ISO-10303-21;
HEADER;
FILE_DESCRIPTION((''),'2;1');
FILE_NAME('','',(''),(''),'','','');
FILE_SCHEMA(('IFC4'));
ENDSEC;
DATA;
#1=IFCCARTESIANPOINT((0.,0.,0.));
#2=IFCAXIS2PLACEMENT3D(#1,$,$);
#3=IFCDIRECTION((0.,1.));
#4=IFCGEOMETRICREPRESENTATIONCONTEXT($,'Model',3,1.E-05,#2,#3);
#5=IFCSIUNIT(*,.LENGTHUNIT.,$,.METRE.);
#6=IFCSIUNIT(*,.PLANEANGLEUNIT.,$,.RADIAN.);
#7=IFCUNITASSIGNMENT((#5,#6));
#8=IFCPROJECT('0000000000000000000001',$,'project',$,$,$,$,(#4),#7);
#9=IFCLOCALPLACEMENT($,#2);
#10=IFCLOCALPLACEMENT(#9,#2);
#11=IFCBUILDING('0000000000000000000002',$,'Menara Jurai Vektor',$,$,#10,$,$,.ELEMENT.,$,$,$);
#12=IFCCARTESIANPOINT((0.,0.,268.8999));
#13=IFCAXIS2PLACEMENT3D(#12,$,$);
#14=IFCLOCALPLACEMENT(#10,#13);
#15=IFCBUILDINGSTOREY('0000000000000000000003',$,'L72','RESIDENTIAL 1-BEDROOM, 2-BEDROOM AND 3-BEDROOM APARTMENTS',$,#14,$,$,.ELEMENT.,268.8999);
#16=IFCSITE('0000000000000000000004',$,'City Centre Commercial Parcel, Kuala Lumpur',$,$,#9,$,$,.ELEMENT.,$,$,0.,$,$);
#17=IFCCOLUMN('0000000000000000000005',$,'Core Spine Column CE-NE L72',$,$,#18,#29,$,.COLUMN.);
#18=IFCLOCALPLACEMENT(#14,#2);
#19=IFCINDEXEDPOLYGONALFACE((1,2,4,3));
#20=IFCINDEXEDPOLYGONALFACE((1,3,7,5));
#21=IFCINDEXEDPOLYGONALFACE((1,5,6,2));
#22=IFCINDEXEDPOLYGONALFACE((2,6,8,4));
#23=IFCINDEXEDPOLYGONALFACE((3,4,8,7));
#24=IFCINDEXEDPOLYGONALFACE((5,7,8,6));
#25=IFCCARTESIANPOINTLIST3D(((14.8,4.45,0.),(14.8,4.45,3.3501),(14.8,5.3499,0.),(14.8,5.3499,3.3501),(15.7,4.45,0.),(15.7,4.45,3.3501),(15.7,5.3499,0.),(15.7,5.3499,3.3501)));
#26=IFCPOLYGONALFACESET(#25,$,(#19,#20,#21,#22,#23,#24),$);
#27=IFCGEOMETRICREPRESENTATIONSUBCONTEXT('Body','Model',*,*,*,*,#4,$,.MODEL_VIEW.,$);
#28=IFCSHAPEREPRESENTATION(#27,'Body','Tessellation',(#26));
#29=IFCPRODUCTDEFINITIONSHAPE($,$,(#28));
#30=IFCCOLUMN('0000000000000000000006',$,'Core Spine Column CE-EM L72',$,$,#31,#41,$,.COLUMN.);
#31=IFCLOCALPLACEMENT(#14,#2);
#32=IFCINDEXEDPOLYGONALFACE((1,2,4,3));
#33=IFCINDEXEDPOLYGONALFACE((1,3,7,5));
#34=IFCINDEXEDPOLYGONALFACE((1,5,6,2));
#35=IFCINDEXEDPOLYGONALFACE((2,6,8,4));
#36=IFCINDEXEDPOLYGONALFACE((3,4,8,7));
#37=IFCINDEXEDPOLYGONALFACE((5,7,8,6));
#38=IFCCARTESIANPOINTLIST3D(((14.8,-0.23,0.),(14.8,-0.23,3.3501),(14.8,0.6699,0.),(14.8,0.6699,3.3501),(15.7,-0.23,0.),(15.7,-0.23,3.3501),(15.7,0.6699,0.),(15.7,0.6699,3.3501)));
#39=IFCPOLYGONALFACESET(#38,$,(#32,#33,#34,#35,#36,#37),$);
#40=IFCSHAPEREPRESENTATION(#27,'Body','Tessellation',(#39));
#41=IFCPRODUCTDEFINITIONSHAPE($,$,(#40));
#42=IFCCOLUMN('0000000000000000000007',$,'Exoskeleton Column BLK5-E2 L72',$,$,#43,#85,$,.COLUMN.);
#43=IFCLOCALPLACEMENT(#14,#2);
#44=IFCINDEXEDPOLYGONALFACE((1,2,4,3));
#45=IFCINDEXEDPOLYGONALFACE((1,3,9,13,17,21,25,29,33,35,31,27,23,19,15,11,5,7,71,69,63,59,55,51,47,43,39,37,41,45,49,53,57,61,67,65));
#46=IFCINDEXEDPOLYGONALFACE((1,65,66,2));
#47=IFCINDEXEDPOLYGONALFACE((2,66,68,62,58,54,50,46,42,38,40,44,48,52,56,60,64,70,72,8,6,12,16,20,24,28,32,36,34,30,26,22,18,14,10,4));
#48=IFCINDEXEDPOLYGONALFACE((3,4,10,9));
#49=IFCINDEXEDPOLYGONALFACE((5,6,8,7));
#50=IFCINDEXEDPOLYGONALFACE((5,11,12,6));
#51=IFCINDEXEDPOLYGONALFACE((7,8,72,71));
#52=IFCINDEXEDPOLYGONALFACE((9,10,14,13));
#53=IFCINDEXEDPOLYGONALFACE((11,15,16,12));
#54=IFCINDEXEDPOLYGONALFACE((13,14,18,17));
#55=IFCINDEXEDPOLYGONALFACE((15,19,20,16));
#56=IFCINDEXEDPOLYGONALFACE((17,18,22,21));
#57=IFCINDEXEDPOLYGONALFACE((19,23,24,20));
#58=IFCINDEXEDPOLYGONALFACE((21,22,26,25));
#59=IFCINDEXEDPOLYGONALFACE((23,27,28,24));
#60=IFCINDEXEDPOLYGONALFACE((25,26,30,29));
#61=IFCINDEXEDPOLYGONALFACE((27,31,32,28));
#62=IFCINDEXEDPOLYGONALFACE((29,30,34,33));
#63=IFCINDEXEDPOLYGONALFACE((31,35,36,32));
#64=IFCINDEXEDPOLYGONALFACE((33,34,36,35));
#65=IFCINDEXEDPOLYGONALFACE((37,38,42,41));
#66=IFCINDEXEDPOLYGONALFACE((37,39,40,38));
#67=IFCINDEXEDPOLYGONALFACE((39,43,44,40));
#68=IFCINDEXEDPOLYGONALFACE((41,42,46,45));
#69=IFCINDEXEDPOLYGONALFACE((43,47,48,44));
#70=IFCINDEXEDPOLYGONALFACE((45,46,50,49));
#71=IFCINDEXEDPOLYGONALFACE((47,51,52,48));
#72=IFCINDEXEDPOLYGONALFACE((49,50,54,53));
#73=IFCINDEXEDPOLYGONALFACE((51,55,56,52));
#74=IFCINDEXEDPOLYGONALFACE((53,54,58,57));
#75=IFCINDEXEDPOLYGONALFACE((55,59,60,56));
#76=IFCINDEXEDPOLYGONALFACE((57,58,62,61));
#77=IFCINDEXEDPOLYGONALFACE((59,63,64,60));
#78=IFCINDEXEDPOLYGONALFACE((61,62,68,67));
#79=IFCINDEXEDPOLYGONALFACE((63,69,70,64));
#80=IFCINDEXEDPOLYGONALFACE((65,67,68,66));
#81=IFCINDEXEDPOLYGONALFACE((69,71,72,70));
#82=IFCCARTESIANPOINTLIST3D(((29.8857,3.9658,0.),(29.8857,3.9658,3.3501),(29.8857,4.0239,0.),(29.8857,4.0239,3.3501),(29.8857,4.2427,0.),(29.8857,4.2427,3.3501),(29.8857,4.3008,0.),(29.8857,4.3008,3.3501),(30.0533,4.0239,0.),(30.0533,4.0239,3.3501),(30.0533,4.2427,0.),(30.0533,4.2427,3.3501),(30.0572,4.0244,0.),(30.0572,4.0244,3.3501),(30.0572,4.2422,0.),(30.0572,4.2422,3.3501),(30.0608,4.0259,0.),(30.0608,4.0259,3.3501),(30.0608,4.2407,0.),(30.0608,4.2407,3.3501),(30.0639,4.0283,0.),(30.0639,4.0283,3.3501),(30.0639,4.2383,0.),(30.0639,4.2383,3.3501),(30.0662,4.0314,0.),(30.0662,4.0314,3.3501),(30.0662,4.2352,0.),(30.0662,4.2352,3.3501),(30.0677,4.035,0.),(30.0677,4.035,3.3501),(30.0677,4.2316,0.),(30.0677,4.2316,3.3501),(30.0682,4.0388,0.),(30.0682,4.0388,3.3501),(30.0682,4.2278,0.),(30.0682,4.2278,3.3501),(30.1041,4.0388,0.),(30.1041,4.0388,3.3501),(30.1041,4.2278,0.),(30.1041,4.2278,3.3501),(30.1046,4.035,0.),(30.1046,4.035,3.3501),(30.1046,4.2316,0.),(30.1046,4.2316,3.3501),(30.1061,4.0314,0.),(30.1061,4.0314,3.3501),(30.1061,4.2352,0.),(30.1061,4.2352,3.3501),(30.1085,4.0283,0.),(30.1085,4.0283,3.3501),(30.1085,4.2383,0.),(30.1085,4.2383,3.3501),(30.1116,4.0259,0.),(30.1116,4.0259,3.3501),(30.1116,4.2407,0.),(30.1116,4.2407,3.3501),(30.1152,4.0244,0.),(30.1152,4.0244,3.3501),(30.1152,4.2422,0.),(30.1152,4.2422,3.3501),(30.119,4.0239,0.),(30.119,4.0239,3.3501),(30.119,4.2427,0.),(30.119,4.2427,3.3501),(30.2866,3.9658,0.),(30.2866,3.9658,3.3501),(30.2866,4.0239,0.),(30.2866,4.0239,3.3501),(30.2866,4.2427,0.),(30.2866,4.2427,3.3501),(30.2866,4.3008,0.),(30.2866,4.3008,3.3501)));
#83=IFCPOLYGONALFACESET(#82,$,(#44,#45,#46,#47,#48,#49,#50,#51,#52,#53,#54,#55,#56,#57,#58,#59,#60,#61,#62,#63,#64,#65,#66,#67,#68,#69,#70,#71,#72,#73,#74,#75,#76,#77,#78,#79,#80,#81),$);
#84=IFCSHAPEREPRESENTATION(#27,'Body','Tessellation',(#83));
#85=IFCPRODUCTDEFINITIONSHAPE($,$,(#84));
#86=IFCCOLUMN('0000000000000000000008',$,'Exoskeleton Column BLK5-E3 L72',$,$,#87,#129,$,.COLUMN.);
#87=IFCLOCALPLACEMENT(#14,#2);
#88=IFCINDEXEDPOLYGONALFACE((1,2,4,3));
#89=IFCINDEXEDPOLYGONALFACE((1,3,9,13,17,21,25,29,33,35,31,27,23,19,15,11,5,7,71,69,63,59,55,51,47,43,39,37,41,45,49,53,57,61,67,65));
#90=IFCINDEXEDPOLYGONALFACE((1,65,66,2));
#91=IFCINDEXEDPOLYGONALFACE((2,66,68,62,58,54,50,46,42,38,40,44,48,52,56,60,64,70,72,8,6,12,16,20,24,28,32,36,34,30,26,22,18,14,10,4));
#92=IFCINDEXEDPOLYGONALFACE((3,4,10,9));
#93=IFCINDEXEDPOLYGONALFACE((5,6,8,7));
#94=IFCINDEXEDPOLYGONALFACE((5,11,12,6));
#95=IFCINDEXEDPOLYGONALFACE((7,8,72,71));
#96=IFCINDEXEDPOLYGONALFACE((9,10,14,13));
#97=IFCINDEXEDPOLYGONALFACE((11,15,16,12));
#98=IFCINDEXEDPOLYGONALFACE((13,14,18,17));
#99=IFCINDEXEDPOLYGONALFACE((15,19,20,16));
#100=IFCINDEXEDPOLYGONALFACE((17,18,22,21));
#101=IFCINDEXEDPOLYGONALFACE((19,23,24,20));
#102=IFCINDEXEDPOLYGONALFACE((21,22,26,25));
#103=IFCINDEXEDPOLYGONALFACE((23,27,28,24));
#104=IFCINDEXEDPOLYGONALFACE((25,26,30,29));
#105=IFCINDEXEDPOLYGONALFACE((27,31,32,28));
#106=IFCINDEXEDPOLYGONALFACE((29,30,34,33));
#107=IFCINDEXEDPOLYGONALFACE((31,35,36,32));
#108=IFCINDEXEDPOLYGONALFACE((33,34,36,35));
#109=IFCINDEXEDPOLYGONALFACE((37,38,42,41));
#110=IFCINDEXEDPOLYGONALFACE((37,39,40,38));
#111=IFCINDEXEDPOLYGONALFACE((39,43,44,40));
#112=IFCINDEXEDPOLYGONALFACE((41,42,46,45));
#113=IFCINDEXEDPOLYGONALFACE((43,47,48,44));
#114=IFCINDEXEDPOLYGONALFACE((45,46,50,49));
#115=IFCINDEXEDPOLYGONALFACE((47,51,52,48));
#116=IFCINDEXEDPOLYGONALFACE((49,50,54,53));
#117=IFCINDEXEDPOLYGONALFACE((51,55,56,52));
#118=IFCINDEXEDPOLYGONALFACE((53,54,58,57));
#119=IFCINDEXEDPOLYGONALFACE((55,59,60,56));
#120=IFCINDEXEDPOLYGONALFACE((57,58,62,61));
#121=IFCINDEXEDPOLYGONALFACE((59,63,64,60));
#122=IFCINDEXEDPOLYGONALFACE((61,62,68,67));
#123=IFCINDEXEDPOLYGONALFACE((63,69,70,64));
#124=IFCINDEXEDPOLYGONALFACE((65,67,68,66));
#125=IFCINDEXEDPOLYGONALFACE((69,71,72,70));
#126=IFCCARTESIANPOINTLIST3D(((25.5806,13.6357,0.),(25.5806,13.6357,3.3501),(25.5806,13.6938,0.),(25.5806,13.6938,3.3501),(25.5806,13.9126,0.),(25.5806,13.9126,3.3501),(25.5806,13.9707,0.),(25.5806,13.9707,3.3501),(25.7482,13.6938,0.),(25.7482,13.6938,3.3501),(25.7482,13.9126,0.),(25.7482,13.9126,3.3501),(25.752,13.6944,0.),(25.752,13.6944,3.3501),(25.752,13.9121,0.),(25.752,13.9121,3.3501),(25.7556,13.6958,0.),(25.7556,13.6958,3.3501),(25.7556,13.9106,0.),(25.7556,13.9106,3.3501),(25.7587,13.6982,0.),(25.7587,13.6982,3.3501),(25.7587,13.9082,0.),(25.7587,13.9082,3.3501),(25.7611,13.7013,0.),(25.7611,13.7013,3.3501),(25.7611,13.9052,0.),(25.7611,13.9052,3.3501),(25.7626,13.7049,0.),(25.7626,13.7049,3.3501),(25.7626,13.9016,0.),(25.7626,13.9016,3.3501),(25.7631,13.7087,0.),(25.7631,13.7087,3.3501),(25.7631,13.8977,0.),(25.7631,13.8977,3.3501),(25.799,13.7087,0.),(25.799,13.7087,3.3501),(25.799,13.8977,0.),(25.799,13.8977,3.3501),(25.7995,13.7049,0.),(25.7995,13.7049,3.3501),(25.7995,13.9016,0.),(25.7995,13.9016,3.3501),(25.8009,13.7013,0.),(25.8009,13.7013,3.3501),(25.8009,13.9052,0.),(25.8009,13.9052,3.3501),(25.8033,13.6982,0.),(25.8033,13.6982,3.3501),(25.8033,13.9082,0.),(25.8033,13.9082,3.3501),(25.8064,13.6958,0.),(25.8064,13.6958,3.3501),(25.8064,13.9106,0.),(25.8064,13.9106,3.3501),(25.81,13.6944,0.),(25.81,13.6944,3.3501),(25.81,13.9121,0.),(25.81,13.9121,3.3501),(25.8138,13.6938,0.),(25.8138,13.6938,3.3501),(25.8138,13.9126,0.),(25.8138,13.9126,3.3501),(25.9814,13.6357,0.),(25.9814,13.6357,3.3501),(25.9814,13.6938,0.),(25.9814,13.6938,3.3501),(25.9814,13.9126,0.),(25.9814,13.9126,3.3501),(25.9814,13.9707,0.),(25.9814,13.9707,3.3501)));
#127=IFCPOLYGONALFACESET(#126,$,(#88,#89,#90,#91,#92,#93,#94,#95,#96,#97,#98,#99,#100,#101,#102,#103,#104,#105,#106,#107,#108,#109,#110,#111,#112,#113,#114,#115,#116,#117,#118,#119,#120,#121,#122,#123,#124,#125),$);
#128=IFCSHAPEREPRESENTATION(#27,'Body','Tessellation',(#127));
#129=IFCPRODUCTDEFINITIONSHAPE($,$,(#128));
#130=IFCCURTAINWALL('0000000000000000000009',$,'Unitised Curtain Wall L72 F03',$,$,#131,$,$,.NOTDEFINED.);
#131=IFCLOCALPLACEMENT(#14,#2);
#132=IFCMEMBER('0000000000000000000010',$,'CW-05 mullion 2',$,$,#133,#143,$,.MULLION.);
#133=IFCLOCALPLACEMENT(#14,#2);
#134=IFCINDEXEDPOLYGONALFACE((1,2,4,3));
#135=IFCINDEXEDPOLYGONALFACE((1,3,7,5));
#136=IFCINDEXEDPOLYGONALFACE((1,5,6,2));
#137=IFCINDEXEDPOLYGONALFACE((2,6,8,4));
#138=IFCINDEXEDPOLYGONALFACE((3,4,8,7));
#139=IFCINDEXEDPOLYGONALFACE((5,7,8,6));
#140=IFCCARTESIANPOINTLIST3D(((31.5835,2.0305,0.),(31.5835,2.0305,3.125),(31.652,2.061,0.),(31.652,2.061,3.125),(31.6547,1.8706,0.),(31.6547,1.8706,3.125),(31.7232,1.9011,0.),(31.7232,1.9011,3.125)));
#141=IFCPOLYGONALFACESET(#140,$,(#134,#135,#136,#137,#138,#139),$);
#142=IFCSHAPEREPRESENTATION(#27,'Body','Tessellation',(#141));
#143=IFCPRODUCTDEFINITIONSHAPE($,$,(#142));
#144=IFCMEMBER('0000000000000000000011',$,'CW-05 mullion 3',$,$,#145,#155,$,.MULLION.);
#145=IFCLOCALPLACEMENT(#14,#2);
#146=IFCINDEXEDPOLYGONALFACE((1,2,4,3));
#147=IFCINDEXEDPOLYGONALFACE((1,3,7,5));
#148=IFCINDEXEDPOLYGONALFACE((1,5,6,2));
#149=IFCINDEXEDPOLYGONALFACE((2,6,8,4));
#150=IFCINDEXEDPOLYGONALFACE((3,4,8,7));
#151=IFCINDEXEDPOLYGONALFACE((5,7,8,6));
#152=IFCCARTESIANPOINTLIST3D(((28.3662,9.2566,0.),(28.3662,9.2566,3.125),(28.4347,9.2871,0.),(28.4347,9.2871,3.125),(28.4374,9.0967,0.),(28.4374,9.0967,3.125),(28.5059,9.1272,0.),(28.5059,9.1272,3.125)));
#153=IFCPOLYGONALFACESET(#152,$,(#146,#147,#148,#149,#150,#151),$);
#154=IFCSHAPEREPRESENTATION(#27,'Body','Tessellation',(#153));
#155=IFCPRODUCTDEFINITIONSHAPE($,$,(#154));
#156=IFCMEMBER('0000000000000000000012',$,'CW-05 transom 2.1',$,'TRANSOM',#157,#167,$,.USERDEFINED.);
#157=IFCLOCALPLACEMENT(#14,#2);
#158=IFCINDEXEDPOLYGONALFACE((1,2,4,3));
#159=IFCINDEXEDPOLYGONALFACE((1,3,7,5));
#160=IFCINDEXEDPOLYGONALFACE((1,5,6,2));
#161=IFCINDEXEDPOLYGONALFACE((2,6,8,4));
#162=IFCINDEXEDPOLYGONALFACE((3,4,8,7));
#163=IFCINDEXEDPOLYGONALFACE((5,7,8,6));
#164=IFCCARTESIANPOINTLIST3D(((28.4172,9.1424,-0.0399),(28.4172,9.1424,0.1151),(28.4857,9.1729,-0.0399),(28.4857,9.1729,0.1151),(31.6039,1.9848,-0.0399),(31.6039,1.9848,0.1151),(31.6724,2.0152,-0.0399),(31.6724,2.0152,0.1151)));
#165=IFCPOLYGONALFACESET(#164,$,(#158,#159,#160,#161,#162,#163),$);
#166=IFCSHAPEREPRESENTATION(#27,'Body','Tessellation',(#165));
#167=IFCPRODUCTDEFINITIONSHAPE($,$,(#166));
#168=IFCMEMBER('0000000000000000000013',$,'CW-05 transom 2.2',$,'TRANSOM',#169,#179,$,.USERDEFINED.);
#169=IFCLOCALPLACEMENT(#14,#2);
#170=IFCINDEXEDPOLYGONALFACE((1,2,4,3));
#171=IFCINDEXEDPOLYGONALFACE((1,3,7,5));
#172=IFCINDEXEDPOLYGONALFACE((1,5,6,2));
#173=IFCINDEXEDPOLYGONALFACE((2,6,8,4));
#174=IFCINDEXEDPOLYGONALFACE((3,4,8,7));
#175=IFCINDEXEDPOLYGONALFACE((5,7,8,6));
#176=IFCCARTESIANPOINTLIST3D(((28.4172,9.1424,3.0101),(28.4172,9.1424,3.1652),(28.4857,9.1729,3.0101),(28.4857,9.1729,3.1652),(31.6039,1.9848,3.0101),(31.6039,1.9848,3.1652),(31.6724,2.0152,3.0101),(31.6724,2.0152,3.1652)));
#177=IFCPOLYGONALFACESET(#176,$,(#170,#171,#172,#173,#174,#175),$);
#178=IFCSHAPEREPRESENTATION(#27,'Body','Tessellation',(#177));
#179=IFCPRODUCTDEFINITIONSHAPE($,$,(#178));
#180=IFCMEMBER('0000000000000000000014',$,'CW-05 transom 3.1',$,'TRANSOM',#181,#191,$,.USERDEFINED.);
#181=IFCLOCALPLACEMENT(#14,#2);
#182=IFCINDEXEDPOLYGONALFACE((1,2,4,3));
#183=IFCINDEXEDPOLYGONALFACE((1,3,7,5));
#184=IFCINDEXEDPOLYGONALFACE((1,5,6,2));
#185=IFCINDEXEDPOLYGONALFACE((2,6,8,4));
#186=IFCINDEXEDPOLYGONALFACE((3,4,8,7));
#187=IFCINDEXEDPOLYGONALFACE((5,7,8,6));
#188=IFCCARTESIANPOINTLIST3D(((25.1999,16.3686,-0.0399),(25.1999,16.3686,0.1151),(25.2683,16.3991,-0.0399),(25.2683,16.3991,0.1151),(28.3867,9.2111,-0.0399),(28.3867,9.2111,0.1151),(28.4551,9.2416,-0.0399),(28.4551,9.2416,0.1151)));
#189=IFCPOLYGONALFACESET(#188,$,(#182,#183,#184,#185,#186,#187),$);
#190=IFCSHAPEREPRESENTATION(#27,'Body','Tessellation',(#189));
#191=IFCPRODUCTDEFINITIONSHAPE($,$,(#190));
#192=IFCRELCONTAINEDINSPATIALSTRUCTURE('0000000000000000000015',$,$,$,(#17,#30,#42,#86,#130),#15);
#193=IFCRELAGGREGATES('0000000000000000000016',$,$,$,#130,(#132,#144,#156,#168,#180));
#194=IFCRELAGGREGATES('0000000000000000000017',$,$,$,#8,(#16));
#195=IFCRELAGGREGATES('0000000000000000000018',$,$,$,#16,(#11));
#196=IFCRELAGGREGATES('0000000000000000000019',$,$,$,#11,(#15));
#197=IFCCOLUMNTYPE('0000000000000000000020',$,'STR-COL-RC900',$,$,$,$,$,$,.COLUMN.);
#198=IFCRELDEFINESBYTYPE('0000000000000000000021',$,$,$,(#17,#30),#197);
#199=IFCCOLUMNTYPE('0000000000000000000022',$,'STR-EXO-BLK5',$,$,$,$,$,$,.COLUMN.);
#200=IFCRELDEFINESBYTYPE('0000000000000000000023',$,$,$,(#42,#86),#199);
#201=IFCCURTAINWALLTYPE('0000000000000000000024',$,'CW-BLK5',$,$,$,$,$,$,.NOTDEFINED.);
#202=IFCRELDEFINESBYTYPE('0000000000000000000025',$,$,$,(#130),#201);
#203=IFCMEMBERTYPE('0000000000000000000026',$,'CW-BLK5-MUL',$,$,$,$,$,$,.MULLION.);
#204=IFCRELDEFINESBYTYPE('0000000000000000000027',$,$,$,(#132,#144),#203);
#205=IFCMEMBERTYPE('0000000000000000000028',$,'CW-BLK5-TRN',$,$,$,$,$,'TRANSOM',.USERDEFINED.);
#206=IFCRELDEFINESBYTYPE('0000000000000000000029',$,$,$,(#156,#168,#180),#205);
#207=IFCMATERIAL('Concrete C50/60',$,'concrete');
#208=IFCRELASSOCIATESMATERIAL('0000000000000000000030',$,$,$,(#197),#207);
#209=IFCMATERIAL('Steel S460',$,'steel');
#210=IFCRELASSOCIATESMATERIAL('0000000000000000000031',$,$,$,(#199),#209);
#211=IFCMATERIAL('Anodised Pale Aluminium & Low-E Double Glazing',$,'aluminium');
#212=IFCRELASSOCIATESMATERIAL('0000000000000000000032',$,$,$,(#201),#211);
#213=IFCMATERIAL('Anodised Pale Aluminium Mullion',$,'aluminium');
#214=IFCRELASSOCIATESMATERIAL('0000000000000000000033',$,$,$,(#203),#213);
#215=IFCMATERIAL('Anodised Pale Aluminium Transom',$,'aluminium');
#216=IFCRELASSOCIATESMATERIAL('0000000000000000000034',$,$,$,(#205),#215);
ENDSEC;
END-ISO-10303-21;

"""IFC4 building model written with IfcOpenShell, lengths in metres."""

from ifc_helpers import new_model, si_unit, direction, frame, origin, origin_2d, place, context, subcontext, project, spatial, rectangle, i_section, extrude, material, material_profile, profile_set, type_object, element, aggregate, save


model = new_model("IFC4")

# Units and contexts
model_context = context("Model", 3, precision=1e-05, world=origin(), true_north=direction((0.0, 1.0)))
body_context = subcontext(model_context, "Body", "Model", "MODEL_VIEW")
ifc_project = project(units=[si_unit("LENGTHUNIT", "METRE"), si_unit("PLANEANGLEUNIT", "RADIAN")], contexts=[model_context])

# Site, building, storey
site_placement = place(None, origin())
site = spatial("IfcSite", under=ifc_project, at=site_placement, Name="City Centre Commercial Parcel, Kuala Lumpur", CompositionType="ELEMENT", RefElevation=0.0)
building_placement = place(site_placement, origin())
building = spatial("IfcBuilding", under=site, at=building_placement, Name="Menara Jurai Vektor", CompositionType="ELEMENT")
storey_placement = place(building_placement, frame((0.0, 0.0, 268.8999)))
storey = spatial("IfcBuildingStorey", under=building, at=storey_placement, Name="L72", Description="RESIDENTIAL 1-BEDROOM, 2-BEDROOM AND 3-BEDROOM APARTMENTS", CompositionType="ELEMENT", Elevation=268.8999)

# Columns
ifc_material_1 = material(Name="Concrete C50/60", Category="concrete")
ifc_material_profile_1 = material_profile(ifc_material_1, rectangle(XDim=0.8999, YDim=0.8999, at=origin_2d()), Name="RC 900x900")
ifc_profile_set_1 = profile_set([ifc_material_profile_1], Name="Concrete C50/60")
column_type_1 = type_object("IfcColumnType", Name="STR-COL-RC900", PredefinedType="COLUMN", material=ifc_profile_set_1)
for number, where, z_axis, x_axis, name in (
    (1, (15.25, 4.8999, 0.0), (0.0, 0.0, 1.0), (1.0, 0.0, 0.0), "Core Spine Column CE-NE L72"),
    (2, (15.25, 0.22, 0.0), (0.0, 0.0, 1.0), (1.0, 0.0, 0.0), "Core Spine Column CE-EM L72"),
):
    element("IfcColumn", number, at=place(storey_placement, frame(where, z_axis=z_axis, x_axis=x_axis)), inside=storey, type_object=column_type_1, Name=name, PredefinedType="COLUMN", context=body_context, shape_type="SweptSolid", body=[
        extrude(rectangle(XDim=0.8999, YDim=0.8999, at=origin_2d()), origin(), (0.0, 0.0, 1.0), 3.3501),
    ])
ifc_material_2 = material(Name="Steel S460", Category="steel")
ifc_material_profile_2 = material_profile(ifc_material_2, i_section(OverallWidth=0.4009, OverallDepth=0.335, WebThickness=0.0359, FlangeThickness=0.0581, FilletRadius=0.0149, at=origin_2d()), Name="HD 400x463")
ifc_profile_set_2 = profile_set([ifc_material_profile_2], Name="Steel S460")
column_type_2 = type_object("IfcColumnType", Name="STR-EXO-BLK5", PredefinedType="COLUMN", material=ifc_profile_set_2)
for number, where, z_axis, x_axis, name in (
    (3, (30.0862, 4.1333, 0.0), (0.0, 0.0, 1.0), (1.0, 0.0, 0.0), "Exoskeleton Column BLK5-E2 L72"),
    (4, (25.781, 13.8032, 0.0), (0.0, 0.0, 1.0), (1.0, 0.0, 0.0), "Exoskeleton Column BLK5-E3 L72"),
):
    element("IfcColumn", number, at=place(storey_placement, frame(where, z_axis=z_axis, x_axis=x_axis)), inside=storey, type_object=column_type_2, Name=name, PredefinedType="COLUMN", context=body_context, shape_type="SweptSolid", body=[
        extrude(i_section(OverallWidth=0.4009, OverallDepth=0.335, WebThickness=0.0359, FlangeThickness=0.0581, FilletRadius=0.0149, at=origin_2d()), origin(), (0.0, 0.0, 1.0), 3.3501),
    ])

# Curtain wall, members
ifc_material_3 = material(Name="Anodised Pale Aluminium & Low-E Double Glazing", Category="aluminium")
curtain_wall_type = type_object("IfcCurtainWallType", Name="CW-BLK5", PredefinedType="NOTDEFINED", material=ifc_material_3)
curtain_wall_placement = place(storey_placement, origin())
curtain_wall = element("IfcCurtainWall", 5, at=curtain_wall_placement, inside=storey, type_object=curtain_wall_type, Name="Unitised Curtain Wall L72 F03", PredefinedType="NOTDEFINED")
ifc_material_4 = material(Name="Anodised Pale Aluminium Mullion", Category="aluminium")
ifc_material_profile_3 = material_profile(ifc_material_4, rectangle(XDim=0.075, YDim=0.175, at=origin_2d()), Name="ALU MUL 75x175")
ifc_profile_set_3 = profile_set([ifc_material_profile_3], Name="Anodised Pale Aluminium Mullion")
member_type_1 = type_object("IfcMemberType", Name="CW-BLK5-MUL", PredefinedType="MULLION", material=ifc_profile_set_3)
member_1_placement = place(storey_placement, frame((31.6533, 1.9658, 0.0), z_axis=(0.0, 0.0, 1.0), x_axis=(-0.913546, -0.406735, 0.0)))
member_1 = element("IfcMember", 6, at=member_1_placement, type_object=member_type_1, Name="CW-05 mullion 2", PredefinedType="MULLION", context=body_context, shape_type="SweptSolid", body=[
    extrude(rectangle(XDim=0.075, YDim=0.175, at=origin_2d()), origin(), (0.0, 0.0, 1.0), 3.125),
])
member_2_placement = place(storey_placement, frame((28.436, 9.1919, 0.0), z_axis=(0.0, 0.0, 1.0), x_axis=(-0.913546, -0.406735, 0.0)))
member_2 = element("IfcMember", 7, at=member_2_placement, type_object=member_type_1, Name="CW-05 mullion 3", PredefinedType="MULLION", context=body_context, shape_type="SweptSolid", body=[
    extrude(rectangle(XDim=0.075, YDim=0.175, at=origin_2d()), origin(), (0.0, 0.0, 1.0), 3.125),
])
ifc_material_5 = material(Name="Anodised Pale Aluminium Transom", Category="aluminium")
ifc_material_profile_4 = material_profile(ifc_material_5, rectangle(XDim=0.075, YDim=0.155, at=origin_2d()), Name="ALU TRN 75x155")
ifc_profile_set_4 = profile_set([ifc_material_profile_4], Name="Anodised Pale Aluminium Transom")
member_type_2 = type_object("IfcMemberType", Name="CW-BLK5-TRN", ElementType="TRANSOM", PredefinedType="USERDEFINED", material=ifc_profile_set_4)
member_3_placement = place(storey_placement, frame((31.6382, 2.0, 0.0376), z_axis=(-0.406731, 0.913548, 0.0), x_axis=(-0.913548, -0.406731, 0.0)))
member_3 = element("IfcMember", 8, at=member_3_placement, type_object=member_type_2, Name="CW-05 transom 2.1", ObjectType="TRANSOM", PredefinedType="USERDEFINED", context=body_context, shape_type="SweptSolid", body=[
    extrude(rectangle(XDim=0.075, YDim=0.155, at=origin_2d()), origin(), (0.0, 0.0, 1.0), 7.835),
])
member_4_placement = place(storey_placement, frame((31.6382, 2.0, 3.0876), z_axis=(-0.406731, 0.913548, 0.0), x_axis=(-0.913548, -0.406731, 0.0)))
member_4 = element("IfcMember", 9, at=member_4_placement, type_object=member_type_2, Name="CW-05 transom 2.2", ObjectType="TRANSOM", PredefinedType="USERDEFINED", context=body_context, shape_type="SweptSolid", body=[
    extrude(rectangle(XDim=0.075, YDim=0.155, at=origin_2d()), origin(), (0.0, 0.0, 1.0), 7.835),
])
member_5_placement = place(storey_placement, frame((28.4209, 9.2263, 0.0376), z_axis=(-0.406743, 0.913543, 0.0), x_axis=(-0.913543, -0.406743, 0.0)))
member_5 = element("IfcMember", 10, at=member_5_placement, type_object=member_type_2, Name="CW-05 transom 3.1", ObjectType="TRANSOM", PredefinedType="USERDEFINED", context=body_context, shape_type="SweptSolid", body=[
    extrude(rectangle(XDim=0.075, YDim=0.155, at=origin_2d()), origin(), (0.0, 0.0, 1.0), 7.835),
])

aggregate(curtain_wall, [member_1, member_2, member_3, member_4, member_5])

save(model, "model.ifc")
